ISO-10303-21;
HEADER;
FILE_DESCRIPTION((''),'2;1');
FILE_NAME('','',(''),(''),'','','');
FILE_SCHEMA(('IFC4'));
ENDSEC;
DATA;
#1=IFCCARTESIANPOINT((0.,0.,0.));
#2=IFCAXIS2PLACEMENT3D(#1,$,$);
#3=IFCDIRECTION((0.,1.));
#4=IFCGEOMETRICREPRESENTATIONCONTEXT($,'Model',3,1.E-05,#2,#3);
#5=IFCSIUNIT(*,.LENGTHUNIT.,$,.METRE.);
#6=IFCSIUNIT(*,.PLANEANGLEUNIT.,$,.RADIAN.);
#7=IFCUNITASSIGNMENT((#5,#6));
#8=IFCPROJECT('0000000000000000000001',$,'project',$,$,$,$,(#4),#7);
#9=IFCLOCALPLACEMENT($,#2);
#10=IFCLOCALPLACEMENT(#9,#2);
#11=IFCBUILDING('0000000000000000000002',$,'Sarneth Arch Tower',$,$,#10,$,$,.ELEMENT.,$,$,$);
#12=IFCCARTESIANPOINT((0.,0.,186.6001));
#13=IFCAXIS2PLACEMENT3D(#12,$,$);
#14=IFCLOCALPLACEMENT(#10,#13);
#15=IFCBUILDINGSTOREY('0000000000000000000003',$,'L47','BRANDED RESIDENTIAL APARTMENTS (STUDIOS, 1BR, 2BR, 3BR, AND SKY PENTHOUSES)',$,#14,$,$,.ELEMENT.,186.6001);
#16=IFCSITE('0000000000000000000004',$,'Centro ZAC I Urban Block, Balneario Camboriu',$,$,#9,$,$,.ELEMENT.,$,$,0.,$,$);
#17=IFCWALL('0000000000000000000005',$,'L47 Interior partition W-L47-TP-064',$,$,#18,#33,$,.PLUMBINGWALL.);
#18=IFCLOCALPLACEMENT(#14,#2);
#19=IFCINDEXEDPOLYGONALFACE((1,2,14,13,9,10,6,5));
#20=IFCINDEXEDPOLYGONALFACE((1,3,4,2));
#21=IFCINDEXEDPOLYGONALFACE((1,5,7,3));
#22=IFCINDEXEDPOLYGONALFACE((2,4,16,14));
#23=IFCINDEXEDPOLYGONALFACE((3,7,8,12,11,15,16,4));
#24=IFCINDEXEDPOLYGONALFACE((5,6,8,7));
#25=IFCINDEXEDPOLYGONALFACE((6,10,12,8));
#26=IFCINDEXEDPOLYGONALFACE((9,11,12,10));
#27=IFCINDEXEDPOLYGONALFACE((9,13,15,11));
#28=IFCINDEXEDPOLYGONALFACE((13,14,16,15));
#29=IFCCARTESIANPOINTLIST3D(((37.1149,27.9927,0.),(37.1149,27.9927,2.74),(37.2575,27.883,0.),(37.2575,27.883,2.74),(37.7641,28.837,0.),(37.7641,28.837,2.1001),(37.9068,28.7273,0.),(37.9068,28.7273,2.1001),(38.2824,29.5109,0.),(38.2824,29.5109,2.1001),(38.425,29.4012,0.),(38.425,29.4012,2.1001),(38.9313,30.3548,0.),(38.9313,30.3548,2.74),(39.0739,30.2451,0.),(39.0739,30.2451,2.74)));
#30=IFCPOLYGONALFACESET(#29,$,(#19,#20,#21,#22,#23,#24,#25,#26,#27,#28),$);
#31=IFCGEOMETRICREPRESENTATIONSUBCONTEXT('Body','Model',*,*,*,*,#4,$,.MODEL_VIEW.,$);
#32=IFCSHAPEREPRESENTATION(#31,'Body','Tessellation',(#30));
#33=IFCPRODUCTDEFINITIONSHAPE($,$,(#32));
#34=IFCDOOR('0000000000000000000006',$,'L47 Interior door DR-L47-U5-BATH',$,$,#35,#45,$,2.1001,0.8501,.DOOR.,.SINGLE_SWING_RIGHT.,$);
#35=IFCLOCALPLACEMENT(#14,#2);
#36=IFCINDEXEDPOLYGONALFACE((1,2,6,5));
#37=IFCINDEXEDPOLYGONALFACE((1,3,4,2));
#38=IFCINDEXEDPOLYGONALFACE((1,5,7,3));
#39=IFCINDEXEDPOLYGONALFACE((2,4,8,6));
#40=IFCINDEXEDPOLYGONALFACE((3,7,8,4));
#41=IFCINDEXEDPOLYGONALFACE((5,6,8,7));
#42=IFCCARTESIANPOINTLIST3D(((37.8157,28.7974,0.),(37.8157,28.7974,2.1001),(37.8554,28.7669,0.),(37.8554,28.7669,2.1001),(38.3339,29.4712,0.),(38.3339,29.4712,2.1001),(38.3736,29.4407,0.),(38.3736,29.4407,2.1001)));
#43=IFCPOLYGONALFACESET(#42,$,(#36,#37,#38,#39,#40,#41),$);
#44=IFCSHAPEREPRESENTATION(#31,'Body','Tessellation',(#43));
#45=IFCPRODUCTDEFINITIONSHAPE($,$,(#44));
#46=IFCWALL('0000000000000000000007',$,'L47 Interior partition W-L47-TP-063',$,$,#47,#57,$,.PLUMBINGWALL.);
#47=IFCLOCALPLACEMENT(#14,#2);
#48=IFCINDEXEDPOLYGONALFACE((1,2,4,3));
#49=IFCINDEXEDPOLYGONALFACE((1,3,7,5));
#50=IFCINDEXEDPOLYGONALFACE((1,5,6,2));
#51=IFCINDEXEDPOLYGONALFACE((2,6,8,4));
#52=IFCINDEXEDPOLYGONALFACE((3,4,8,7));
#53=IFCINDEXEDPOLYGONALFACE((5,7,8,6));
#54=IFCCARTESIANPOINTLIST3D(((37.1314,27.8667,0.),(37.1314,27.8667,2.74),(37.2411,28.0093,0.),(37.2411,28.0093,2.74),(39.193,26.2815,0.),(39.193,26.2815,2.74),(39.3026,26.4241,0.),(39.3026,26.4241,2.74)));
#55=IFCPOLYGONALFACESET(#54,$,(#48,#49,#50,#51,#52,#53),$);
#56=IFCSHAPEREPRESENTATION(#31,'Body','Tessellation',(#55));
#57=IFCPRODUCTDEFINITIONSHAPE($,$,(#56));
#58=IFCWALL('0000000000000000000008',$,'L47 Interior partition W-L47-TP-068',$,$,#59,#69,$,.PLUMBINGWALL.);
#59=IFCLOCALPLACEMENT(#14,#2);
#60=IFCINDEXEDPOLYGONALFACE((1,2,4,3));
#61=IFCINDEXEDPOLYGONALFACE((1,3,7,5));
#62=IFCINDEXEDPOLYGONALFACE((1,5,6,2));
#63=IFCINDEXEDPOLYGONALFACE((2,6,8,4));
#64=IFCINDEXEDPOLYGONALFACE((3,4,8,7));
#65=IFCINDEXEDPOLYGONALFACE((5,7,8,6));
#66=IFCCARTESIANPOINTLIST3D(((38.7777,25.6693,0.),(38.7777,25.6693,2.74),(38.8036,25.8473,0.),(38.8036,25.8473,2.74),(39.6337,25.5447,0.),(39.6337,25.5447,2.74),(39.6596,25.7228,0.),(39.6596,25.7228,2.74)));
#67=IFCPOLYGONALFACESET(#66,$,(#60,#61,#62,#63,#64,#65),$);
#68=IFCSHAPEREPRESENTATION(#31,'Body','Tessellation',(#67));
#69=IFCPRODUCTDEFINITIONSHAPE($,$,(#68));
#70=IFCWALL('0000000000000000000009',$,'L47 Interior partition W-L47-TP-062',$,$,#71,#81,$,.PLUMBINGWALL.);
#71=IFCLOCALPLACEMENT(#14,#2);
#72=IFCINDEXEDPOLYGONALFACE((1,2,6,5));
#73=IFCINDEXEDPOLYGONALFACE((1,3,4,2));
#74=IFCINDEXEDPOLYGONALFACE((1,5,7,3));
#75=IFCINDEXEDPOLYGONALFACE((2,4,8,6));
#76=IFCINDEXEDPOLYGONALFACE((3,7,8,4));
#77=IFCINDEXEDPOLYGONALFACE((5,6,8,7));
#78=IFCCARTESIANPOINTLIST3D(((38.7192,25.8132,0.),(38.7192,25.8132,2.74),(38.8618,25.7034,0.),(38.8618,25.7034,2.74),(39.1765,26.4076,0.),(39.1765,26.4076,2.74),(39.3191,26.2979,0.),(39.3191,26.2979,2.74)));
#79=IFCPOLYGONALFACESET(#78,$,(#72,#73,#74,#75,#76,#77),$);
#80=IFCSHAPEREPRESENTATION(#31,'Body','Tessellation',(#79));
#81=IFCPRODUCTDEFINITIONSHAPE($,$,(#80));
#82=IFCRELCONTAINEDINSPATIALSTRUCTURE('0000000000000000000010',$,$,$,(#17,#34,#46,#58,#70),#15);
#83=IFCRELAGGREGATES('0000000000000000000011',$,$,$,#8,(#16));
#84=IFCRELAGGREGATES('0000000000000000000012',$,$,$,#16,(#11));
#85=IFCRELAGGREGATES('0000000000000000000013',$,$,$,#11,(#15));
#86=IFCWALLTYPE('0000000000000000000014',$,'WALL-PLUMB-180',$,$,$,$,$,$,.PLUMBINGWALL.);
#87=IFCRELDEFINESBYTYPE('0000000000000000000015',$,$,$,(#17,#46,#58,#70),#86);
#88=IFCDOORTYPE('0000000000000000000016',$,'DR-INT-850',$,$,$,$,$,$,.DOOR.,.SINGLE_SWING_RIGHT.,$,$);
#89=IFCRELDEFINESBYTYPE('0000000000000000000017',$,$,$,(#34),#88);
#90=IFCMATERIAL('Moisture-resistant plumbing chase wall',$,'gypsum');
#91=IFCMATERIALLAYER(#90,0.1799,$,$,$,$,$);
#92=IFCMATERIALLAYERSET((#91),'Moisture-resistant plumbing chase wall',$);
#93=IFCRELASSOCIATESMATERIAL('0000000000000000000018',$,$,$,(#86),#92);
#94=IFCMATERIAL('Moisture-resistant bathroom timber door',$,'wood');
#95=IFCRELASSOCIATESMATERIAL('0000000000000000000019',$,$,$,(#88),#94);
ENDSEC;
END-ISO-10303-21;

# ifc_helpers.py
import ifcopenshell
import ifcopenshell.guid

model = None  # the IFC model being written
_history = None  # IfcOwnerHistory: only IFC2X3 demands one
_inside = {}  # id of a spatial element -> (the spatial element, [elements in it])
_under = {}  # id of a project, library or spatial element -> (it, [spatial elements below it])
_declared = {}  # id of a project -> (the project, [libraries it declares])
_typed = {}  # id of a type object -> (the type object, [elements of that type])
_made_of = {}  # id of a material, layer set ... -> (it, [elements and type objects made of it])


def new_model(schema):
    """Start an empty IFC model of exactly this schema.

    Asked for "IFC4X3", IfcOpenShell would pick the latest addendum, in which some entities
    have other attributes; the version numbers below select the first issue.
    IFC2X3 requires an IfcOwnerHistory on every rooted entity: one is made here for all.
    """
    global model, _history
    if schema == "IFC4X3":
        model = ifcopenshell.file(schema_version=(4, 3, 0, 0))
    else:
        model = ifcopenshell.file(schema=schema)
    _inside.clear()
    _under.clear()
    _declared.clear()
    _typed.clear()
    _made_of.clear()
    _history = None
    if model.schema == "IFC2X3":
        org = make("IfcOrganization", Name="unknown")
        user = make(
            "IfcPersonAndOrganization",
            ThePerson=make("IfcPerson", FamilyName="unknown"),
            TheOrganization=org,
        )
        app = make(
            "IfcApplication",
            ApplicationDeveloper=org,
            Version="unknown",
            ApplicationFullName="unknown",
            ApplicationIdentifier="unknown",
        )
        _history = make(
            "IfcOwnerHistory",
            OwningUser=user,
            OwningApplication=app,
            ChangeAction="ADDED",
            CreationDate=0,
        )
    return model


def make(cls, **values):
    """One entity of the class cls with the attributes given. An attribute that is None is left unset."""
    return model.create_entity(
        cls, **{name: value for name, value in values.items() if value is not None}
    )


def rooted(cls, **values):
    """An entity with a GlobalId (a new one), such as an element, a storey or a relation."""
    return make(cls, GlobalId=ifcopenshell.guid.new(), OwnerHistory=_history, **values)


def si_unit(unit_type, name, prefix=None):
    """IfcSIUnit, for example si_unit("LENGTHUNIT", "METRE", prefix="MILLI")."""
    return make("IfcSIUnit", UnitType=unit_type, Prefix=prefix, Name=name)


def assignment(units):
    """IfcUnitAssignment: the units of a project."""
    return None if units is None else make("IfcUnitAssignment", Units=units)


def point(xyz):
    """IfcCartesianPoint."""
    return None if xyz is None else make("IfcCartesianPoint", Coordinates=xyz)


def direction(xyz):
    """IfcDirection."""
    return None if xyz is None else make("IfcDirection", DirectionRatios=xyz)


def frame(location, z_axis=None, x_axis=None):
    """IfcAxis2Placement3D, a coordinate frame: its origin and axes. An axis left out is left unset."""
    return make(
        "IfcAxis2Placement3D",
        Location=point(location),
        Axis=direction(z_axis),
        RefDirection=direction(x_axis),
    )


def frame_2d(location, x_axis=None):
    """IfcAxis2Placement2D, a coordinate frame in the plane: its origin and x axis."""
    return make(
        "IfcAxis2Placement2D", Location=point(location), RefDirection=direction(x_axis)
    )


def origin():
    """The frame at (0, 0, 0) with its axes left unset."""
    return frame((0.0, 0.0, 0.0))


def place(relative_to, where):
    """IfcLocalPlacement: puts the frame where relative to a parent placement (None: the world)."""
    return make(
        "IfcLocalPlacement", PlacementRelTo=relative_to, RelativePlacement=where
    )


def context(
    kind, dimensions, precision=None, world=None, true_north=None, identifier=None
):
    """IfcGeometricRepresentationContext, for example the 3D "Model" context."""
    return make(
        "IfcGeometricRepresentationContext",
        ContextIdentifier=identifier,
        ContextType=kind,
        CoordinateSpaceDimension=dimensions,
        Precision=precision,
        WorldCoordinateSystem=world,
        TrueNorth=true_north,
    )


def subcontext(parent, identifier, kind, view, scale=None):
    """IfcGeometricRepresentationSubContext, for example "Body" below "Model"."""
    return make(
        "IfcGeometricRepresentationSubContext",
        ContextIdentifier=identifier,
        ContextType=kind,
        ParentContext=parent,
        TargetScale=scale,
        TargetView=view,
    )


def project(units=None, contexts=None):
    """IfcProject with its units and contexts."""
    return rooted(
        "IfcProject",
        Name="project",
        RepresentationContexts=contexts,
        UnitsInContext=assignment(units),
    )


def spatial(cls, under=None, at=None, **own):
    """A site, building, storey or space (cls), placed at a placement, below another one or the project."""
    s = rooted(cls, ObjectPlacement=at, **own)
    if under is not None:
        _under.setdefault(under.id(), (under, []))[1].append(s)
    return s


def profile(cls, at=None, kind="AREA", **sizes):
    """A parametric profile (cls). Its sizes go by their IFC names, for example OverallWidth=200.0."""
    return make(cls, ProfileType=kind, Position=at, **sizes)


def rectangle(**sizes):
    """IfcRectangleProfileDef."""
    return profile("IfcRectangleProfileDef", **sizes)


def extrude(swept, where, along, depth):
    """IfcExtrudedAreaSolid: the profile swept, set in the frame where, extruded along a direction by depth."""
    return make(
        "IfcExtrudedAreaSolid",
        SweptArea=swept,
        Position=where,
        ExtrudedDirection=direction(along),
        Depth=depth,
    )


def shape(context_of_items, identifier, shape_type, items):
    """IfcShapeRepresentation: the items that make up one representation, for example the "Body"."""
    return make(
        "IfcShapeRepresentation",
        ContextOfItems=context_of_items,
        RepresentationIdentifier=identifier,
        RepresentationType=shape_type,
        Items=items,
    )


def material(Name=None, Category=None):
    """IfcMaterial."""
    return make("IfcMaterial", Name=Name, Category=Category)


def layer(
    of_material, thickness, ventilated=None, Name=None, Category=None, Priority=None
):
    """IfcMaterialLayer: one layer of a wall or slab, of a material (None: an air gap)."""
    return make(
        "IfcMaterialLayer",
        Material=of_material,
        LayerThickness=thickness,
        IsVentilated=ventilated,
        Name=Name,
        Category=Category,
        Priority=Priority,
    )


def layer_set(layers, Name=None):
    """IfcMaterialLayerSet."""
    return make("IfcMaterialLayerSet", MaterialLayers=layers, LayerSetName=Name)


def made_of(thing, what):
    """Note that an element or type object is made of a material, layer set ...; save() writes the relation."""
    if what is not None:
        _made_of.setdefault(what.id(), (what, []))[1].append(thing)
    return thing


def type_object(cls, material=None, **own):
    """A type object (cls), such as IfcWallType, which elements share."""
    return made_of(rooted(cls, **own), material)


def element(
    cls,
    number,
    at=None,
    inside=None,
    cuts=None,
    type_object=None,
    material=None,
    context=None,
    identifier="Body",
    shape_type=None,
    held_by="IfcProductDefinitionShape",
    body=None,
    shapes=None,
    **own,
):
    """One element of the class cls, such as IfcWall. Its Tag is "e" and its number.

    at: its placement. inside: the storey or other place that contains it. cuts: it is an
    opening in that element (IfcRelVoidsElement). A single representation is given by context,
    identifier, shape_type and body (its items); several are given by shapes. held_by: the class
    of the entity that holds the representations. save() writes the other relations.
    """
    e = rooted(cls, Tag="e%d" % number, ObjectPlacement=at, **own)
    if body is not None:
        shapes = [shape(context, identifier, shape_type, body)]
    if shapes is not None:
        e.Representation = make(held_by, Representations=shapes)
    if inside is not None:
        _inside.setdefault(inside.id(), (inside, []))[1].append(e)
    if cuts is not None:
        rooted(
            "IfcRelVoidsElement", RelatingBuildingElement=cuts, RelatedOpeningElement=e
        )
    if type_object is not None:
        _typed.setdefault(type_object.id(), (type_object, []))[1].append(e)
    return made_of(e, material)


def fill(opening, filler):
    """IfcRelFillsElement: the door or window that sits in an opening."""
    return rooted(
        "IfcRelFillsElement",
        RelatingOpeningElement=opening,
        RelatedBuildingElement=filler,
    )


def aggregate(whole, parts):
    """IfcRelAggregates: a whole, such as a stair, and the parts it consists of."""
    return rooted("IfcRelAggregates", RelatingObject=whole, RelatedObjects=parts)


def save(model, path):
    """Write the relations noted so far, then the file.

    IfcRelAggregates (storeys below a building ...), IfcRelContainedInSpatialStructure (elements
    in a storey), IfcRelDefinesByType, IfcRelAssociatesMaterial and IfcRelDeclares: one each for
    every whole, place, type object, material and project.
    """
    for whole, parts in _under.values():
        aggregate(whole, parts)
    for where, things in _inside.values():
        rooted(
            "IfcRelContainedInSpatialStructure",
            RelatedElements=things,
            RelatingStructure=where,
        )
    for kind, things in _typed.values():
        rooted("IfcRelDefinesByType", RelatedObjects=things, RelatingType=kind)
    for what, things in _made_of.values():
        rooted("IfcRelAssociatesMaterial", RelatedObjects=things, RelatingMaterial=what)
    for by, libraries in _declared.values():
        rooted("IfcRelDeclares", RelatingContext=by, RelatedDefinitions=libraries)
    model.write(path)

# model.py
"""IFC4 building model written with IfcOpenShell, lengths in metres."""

from ifc_helpers import new_model, si_unit, direction, frame, frame_2d, origin, place, context, subcontext, project, spatial, rectangle, extrude, material, layer, layer_set, type_object, element, fill, save


model = new_model("IFC4")

# Units and contexts
model_context = context("Model", 3, precision=1e-05, world=origin(), true_north=direction((0.0, 1.0)))
body_context = subcontext(model_context, "Body", "Model", "MODEL_VIEW")
ifc_project = project(units=[si_unit("LENGTHUNIT", "METRE"), si_unit("PLANEANGLEUNIT", "RADIAN")], contexts=[model_context])

# Site, building, storey
site_placement = place(None, origin())
site = spatial("IfcSite", under=ifc_project, at=site_placement, Name="Centro ZAC I Urban Block, Balneario Camboriu", CompositionType="ELEMENT", RefElevation=0.0)
building_placement = place(site_placement, origin())
building = spatial("IfcBuilding", under=site, at=building_placement, Name="Sarneth Arch Tower", CompositionType="ELEMENT")
storey_placement = place(building_placement, frame((0.0, 0.0, 186.6001)))
storey = spatial("IfcBuildingStorey", under=building, at=storey_placement, Name="L47", Description="BRANDED RESIDENTIAL APARTMENTS (STUDIOS, 1BR, 2BR, 3BR, AND SKY PENTHOUSES)", CompositionType="ELEMENT", Elevation=186.6001)

# Shared definitions
ifc_material_1 = material(Name="Moisture-resistant plumbing chase wall", Category="gypsum")
ifc_layer_1 = layer(ifc_material_1, 0.1799)
ifc_layer_set_1 = layer_set([ifc_layer_1], Name="Moisture-resistant plumbing chase wall")
wall_type_1 = type_object("IfcWallType", Name="WALL-PLUMB-180", PredefinedType="PLUMBINGWALL", material=ifc_layer_set_1)

# Wall, opening, door
wall_1_placement = place(storey_placement, frame((37.1863, 27.938, 0.0), z_axis=(0.0, 0.0, 1.0), x_axis=(0.609592, 0.792715, 0.0)))
wall_1 = element("IfcWall", 1, at=wall_1_placement, inside=storey, type_object=wall_type_1, Name="L47 Interior partition W-L47-TP-064", PredefinedType="PLUMBINGWALL", context=body_context, shape_type="SweptSolid", body=[
    extrude(rectangle(XDim=2.9797, YDim=0.1799, at=frame_2d((1.4897, 0.0))), origin(), (0.0, 0.0, 1.0), 2.74),
])
opening_1_placement = place(wall_1_placement, frame((1.0649, 0.0, 0.0)))
opening_1 = element("IfcOpeningElement", 2, at=opening_1_placement, cuts=wall_1, PredefinedType="OPENING", context=body_context, shape_type="SweptSolid", body=[
    extrude(rectangle(XDim=0.8501, YDim=2.1001, at=frame_2d((0.425, 1.05))), frame((0.0, 0.0999, 0.0), z_axis=(0.0, -1.0, 0.0), x_axis=(1.0, 0.0, 0.0)), (0.0, 0.0, 1.0), 0.2),
])
ifc_material_2 = material(Name="Moisture-resistant bathroom timber door", Category="wood")
door_type_1 = type_object("IfcDoorType", Name="DR-INT-850", OperationType="SINGLE_SWING_RIGHT", PredefinedType="DOOR", material=ifc_material_2)
door_1_placement = place(opening_1_placement, origin())
door_1 = element("IfcDoor", 3, at=door_1_placement, inside=storey, type_object=door_type_1, Name="L47 Interior door DR-L47-U5-BATH", OperationType="SINGLE_SWING_RIGHT", OverallHeight=2.1001, OverallWidth=0.8501, PredefinedType="DOOR", context=body_context, shape_type="SweptSolid", body=[
    extrude(rectangle(XDim=0.8501, YDim=2.1001, at=frame_2d((0.425, 1.05))), frame((0.0, 0.0249, 0.0), z_axis=(0.0, -1.0, 0.0), x_axis=(1.0, 0.0, 0.0)), (0.0, 0.0, 1.0), 0.05),
])
fill(opening_1, door_1)

# Walls
wall_2_placement = place(storey_placement, frame((39.2478, 26.3528, 0.0), z_axis=(0.0, 0.0, 1.0), x_axis=(-0.792732, 0.60957, 0.0)))
element("IfcWall", 4, at=wall_2_placement, inside=storey, type_object=wall_type_1, Name="L47 Interior partition W-L47-TP-063", PredefinedType="PLUMBINGWALL", context=body_context, shape_type="SweptSolid", body=[
    extrude(rectangle(XDim=2.6006, YDim=0.1799, at=frame_2d((1.3003, 0.0))), origin(), (0.0, 0.0, 1.0), 2.74),
])
wall_3_placement = place(storey_placement, frame((38.7905, 25.7583, 0.0), z_axis=(0.0, 0.0, 1.0), x_axis=(0.989585, -0.14395, 0.0)))
element("IfcWall", 5, at=wall_3_placement, inside=storey, type_object=wall_type_1, Name="L47 Interior partition W-L47-TP-068", PredefinedType="PLUMBINGWALL", context=body_context, shape_type="SweptSolid", body=[
    extrude(rectangle(XDim=0.865, YDim=0.1799, at=frame_2d((0.4326, 0.0))), origin(), (0.0, 0.0, 1.0), 2.74),
])
wall_4_placement = place(storey_placement, frame((38.7905, 25.7583, 0.0), z_axis=(0.0, 0.0, 1.0), x_axis=(0.609695, 0.792636, 0.0)))
element("IfcWall", 6, at=wall_4_placement, inside=storey, type_object=wall_type_1, Name="L47 Interior partition W-L47-TP-062", PredefinedType="PLUMBINGWALL", context=body_context, shape_type="SweptSolid", body=[
    extrude(rectangle(XDim=0.75, YDim=0.1799, at=frame_2d((0.375, 0.0))), origin(), (0.0, 0.0, 1.0), 2.74),
])

save(model, "model.ifc")
